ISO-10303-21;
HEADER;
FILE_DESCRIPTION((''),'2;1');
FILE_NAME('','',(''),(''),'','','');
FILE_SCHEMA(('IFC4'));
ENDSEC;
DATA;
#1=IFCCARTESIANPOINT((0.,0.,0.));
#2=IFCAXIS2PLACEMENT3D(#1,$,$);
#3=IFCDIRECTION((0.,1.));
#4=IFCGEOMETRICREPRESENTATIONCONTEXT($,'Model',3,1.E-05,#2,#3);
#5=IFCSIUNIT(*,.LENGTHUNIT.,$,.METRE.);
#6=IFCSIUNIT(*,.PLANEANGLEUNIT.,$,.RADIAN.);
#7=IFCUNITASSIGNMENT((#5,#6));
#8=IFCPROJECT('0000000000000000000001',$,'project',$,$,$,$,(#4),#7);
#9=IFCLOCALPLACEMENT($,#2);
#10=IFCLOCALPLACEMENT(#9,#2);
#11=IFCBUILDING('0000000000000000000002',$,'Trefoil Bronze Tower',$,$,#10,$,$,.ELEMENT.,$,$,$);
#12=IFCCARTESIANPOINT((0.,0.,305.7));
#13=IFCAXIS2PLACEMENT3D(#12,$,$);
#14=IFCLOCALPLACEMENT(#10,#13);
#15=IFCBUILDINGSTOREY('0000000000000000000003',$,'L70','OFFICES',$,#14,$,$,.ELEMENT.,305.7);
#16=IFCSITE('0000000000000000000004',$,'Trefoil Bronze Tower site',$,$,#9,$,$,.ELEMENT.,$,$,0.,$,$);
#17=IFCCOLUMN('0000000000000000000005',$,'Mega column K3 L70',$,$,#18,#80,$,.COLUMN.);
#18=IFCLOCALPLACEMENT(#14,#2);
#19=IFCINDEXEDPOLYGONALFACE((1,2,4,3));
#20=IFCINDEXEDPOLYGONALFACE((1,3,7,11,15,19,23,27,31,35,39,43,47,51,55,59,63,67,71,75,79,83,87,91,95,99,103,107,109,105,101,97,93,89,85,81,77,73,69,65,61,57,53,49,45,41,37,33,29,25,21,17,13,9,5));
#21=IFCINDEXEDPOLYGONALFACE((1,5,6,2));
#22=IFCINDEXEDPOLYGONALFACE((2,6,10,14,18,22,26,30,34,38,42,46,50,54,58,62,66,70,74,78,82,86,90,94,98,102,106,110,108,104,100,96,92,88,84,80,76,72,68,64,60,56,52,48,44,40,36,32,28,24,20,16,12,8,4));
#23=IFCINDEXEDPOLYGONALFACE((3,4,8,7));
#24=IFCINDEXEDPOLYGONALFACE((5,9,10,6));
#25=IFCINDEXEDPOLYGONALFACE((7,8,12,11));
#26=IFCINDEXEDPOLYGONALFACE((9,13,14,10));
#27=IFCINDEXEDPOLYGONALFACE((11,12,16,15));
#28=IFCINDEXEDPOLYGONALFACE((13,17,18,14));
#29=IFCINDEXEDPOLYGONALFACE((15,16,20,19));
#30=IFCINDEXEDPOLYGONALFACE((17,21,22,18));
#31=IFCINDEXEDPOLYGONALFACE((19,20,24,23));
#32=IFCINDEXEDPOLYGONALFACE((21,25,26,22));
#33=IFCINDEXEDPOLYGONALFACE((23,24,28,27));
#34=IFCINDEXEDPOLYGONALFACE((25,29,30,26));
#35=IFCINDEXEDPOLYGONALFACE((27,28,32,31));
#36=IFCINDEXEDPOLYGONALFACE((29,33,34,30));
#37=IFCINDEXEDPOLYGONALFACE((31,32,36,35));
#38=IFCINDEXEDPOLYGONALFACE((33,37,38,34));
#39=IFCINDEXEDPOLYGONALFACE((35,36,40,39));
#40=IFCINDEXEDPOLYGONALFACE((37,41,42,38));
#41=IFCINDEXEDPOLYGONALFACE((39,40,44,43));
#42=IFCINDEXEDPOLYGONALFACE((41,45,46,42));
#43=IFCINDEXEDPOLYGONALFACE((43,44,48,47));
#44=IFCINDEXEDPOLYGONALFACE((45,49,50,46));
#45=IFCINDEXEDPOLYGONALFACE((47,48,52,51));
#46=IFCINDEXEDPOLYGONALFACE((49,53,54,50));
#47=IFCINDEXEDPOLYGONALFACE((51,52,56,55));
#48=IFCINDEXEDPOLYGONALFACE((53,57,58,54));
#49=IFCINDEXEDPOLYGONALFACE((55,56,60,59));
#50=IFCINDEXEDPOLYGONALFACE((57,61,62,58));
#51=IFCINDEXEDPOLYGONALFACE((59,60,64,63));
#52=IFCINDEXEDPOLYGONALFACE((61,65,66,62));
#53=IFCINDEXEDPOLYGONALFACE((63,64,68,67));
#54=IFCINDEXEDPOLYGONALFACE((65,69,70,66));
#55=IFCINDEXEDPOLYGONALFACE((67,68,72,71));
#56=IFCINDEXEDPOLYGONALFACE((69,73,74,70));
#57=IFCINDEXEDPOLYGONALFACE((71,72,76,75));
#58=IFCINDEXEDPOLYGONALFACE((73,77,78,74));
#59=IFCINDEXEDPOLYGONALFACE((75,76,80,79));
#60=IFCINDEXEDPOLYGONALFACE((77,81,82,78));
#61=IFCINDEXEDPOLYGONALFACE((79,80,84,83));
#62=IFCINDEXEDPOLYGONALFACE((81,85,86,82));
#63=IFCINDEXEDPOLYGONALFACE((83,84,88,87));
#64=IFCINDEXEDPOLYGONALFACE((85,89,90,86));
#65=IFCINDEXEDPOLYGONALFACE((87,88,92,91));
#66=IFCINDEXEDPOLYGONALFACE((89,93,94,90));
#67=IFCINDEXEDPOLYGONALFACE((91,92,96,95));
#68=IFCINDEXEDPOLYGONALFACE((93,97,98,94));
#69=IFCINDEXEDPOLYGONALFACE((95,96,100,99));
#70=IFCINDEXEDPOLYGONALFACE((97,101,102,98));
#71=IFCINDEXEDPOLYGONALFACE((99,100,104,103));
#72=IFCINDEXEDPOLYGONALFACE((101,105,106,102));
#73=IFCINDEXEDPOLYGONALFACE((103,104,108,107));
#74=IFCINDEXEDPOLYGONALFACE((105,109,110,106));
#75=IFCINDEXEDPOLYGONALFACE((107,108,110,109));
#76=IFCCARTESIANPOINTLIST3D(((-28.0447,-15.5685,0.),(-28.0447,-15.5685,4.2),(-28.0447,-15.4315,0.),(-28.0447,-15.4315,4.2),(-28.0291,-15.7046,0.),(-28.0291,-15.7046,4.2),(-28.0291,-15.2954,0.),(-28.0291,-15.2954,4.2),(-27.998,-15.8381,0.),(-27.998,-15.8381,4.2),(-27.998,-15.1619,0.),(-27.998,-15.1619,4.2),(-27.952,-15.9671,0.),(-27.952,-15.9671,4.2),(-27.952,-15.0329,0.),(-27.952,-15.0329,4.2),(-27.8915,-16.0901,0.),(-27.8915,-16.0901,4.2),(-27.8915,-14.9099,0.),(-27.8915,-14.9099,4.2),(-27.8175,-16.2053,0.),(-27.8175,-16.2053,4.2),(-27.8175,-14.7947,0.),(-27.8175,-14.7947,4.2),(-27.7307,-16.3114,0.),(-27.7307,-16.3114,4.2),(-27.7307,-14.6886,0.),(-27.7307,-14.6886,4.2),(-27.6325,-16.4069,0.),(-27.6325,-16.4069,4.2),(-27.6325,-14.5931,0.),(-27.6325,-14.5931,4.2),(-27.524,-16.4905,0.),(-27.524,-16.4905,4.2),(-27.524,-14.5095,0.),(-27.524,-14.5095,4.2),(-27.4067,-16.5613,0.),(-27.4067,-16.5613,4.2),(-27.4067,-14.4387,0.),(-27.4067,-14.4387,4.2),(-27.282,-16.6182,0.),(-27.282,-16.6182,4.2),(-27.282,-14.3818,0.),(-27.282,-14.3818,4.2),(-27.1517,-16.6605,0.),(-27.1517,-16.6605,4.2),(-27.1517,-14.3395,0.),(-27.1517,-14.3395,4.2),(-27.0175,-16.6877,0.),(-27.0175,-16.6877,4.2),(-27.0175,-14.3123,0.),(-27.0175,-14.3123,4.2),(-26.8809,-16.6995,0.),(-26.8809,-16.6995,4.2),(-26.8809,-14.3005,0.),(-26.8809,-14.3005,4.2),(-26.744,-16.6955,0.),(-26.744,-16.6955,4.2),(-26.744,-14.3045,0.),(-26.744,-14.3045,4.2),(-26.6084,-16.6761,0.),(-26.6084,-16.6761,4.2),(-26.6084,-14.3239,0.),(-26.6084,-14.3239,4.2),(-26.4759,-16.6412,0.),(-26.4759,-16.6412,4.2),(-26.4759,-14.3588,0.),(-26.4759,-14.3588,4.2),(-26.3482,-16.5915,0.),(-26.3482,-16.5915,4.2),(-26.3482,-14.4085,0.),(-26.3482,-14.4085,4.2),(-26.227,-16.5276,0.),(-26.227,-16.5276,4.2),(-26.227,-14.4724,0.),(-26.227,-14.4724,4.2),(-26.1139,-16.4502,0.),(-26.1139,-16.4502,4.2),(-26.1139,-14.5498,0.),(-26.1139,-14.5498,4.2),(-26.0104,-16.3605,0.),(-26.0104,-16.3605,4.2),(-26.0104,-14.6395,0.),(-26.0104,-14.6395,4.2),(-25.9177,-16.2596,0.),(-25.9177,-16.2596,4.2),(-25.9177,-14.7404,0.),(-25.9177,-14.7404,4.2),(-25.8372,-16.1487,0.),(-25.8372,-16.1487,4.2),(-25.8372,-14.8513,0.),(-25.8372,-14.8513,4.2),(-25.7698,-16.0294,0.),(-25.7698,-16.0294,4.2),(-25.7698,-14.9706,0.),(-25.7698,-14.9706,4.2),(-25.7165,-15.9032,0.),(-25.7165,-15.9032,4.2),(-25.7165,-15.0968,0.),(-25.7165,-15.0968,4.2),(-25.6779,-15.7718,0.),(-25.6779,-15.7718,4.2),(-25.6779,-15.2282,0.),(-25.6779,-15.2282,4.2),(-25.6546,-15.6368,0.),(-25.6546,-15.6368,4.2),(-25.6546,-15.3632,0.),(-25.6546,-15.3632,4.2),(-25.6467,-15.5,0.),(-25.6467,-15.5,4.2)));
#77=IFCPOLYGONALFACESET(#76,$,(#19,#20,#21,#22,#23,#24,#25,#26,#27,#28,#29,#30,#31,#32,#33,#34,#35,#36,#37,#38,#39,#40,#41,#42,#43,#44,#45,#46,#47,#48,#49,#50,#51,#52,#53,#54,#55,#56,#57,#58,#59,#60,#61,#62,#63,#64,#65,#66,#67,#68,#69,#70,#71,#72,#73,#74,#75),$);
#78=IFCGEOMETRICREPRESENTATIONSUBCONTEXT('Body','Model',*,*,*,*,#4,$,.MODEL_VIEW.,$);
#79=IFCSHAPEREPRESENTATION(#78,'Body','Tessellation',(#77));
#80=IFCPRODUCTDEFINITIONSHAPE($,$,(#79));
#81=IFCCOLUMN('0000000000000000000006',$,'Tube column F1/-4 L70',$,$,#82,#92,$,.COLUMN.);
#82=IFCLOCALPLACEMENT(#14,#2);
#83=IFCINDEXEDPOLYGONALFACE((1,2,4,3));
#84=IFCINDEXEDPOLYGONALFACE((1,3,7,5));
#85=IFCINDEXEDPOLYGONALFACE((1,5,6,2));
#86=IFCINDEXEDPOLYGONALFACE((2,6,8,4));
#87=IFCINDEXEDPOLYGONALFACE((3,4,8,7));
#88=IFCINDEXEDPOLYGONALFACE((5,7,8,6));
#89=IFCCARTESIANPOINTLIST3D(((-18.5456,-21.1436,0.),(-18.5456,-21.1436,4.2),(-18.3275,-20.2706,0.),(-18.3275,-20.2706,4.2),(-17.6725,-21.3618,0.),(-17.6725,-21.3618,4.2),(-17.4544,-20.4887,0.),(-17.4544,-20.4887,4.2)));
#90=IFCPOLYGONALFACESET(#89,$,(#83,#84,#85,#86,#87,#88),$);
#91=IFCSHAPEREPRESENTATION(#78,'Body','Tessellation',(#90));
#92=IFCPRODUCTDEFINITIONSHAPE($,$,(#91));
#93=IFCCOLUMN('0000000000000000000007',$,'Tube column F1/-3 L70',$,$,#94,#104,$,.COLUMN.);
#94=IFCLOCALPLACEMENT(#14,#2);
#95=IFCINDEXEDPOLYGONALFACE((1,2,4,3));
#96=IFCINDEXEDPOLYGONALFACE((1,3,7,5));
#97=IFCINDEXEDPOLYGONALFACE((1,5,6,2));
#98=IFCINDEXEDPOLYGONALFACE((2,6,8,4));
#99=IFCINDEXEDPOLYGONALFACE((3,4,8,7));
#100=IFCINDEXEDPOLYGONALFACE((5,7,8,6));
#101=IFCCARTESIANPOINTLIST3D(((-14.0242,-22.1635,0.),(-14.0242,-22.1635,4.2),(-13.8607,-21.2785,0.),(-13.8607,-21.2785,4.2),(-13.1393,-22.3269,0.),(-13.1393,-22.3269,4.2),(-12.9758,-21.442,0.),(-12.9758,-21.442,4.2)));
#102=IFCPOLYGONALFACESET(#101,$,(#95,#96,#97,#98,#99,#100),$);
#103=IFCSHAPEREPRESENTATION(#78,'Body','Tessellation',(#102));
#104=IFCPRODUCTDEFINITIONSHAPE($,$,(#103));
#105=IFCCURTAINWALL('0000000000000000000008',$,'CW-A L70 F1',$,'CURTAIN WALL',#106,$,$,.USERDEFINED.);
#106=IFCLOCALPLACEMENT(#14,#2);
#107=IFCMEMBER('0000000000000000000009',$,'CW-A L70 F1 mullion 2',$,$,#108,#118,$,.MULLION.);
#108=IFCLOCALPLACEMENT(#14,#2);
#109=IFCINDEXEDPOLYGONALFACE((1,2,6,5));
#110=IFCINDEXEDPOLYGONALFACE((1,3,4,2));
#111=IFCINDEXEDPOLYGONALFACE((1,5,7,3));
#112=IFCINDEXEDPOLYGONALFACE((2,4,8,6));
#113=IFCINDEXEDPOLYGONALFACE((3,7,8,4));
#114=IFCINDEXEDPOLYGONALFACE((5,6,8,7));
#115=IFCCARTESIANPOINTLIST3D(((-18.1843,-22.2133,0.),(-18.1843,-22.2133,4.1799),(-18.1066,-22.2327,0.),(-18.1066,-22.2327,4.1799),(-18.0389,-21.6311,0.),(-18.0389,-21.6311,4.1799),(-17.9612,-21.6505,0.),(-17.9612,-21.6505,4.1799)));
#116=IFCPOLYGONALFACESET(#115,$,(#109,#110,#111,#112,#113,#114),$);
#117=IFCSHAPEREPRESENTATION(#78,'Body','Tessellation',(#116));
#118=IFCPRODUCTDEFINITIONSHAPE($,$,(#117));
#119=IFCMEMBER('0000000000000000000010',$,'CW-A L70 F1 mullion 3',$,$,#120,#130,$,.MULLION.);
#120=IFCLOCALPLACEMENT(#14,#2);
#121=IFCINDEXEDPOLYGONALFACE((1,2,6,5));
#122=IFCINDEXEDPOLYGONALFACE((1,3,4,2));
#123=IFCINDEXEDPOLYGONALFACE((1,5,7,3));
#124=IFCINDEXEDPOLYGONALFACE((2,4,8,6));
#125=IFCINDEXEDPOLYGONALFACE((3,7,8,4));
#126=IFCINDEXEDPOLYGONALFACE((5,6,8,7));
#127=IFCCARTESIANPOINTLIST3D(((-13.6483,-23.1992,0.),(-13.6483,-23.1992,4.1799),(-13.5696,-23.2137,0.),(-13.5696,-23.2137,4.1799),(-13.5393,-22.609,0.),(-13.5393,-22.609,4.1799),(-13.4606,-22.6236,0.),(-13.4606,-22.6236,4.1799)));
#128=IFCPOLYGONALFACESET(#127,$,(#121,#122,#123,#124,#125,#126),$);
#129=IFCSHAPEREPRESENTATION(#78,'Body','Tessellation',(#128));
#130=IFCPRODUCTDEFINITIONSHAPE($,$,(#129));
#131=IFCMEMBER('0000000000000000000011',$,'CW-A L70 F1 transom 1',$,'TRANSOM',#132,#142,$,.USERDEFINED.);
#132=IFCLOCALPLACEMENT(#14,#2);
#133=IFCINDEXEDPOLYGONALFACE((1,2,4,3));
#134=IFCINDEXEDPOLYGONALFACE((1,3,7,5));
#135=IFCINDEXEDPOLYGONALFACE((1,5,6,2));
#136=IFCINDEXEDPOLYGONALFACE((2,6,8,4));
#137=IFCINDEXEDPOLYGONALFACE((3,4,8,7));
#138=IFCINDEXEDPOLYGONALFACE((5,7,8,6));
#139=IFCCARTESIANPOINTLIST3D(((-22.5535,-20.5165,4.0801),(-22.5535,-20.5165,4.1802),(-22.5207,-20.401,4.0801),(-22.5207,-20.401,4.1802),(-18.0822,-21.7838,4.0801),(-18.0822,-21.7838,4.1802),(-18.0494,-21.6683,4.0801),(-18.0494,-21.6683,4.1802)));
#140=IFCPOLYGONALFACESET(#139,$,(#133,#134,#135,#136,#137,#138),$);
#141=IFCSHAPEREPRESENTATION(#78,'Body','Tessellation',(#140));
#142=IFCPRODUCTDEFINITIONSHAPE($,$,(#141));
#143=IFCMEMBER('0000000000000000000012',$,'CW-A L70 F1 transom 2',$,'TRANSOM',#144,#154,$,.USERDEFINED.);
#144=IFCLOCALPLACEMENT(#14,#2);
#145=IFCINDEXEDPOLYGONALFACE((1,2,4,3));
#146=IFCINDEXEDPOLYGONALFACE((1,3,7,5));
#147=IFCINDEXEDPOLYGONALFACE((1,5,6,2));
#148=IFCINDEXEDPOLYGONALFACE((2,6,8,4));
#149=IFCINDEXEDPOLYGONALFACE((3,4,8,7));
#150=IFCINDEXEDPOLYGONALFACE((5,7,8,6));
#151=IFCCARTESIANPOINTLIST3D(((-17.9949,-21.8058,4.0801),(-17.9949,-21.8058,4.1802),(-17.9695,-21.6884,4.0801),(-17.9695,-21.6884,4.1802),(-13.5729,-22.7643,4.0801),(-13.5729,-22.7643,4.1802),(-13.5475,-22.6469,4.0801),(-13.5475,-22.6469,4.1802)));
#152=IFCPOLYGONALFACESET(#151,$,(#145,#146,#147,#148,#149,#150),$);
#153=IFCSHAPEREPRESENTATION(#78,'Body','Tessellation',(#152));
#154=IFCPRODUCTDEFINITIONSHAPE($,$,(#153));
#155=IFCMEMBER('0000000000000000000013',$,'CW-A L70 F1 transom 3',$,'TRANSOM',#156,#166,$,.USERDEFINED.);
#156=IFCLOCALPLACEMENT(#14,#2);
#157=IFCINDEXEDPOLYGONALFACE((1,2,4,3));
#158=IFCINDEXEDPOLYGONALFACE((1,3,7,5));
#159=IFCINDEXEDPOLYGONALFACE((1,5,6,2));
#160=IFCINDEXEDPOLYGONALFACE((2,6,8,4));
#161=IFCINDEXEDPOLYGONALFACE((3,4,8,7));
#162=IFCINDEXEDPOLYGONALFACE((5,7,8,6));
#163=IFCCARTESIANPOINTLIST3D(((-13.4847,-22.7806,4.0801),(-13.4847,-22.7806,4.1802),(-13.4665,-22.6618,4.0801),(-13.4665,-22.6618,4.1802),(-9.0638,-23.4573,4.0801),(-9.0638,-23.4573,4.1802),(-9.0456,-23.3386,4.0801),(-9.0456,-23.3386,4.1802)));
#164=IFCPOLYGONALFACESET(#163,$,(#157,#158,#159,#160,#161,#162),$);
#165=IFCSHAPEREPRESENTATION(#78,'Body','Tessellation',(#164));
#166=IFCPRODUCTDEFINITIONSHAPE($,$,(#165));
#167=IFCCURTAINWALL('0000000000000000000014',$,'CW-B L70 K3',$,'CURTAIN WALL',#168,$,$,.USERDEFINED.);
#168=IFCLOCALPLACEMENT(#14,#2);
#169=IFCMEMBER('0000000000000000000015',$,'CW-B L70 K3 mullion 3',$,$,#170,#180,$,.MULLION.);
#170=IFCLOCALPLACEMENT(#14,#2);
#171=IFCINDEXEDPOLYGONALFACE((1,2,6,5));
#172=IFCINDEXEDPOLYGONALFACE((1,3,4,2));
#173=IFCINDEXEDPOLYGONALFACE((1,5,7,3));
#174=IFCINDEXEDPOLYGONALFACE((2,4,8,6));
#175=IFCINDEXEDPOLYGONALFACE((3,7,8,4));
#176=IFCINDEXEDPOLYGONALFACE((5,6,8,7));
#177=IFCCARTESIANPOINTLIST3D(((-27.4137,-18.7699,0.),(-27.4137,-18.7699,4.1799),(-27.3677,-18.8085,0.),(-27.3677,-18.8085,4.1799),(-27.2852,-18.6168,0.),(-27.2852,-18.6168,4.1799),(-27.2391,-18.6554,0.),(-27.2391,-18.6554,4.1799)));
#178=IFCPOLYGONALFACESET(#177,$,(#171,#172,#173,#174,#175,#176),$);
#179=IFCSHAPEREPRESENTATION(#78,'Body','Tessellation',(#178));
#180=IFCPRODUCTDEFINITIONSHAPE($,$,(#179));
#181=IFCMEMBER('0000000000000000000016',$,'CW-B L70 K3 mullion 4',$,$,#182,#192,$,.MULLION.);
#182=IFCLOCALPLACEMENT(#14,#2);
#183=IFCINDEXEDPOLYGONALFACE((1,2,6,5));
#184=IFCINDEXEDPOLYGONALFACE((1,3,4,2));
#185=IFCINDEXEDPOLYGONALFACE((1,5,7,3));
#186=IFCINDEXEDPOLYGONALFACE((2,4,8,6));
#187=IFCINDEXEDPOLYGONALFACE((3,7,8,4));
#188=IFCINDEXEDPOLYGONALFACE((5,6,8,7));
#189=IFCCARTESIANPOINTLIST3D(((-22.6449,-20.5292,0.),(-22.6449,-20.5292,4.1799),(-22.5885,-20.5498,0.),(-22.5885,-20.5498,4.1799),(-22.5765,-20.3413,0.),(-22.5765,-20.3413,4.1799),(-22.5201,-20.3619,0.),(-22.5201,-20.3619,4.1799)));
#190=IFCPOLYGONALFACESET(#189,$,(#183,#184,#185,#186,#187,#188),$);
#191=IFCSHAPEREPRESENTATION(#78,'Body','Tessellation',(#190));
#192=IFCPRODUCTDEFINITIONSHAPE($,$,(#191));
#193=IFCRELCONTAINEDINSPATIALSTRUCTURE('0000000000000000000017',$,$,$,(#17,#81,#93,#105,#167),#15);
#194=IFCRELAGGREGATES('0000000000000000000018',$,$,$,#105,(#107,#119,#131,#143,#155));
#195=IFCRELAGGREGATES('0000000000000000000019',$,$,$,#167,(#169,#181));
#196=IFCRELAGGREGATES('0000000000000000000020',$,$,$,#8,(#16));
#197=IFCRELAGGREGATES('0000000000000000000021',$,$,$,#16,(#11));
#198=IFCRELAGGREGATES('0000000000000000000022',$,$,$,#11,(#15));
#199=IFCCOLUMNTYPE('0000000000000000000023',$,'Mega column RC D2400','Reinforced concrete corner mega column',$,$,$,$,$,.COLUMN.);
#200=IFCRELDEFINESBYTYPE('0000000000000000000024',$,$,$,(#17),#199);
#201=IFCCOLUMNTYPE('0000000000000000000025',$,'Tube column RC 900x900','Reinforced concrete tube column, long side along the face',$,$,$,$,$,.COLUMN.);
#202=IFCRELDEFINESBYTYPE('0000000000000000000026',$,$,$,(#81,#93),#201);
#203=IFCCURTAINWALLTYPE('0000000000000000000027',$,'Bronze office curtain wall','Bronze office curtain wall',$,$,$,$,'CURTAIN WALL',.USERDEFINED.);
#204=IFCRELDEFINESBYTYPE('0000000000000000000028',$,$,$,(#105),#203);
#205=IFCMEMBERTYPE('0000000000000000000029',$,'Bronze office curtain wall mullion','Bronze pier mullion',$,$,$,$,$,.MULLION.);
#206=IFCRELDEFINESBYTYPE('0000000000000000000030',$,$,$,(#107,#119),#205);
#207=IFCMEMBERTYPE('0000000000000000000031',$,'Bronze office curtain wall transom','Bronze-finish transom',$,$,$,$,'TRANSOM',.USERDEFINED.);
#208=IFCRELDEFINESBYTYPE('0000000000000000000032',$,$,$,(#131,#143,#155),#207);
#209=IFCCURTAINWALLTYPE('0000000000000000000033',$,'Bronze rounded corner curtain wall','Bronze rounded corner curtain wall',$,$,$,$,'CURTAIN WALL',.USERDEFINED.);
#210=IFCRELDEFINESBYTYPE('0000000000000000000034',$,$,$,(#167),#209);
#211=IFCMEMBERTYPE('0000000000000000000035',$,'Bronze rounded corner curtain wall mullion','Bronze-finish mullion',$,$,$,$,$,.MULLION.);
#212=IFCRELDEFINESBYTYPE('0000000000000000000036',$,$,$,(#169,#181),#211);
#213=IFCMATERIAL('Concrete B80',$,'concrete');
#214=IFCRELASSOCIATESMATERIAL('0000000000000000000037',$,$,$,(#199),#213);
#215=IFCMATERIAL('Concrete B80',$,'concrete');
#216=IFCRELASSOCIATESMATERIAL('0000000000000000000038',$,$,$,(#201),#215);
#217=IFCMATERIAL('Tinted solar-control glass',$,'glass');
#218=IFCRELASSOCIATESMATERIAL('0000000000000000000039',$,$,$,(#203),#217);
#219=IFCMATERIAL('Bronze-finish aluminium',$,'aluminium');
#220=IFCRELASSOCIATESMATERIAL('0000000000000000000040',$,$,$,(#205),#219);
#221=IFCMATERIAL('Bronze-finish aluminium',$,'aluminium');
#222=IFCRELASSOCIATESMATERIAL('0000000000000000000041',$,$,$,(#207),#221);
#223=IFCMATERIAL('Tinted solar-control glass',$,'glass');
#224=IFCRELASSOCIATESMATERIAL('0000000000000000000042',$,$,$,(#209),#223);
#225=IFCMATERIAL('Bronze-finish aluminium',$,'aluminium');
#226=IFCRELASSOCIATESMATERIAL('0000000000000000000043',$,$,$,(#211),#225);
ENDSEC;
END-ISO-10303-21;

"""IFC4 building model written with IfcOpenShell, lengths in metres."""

from ifc_helpers import new_model, si_unit, direction, frame, origin, origin_2d, place, context, subcontext, project, spatial, rectangle, circle, extrude, material, material_profile, profile_set, type_object, element, aggregate, save


model = new_model("IFC4")

# Units and contexts
model_context = context("Model", 3, precision=1e-05, world=origin(), true_north=direction((0.0, 1.0)))
body_context = subcontext(model_context, "Body", "Model", "MODEL_VIEW")
ifc_project = project(units=[si_unit("LENGTHUNIT", "METRE"), si_unit("PLANEANGLEUNIT", "RADIAN")], contexts=[model_context])

# Site, building, storey
site_placement = place(None, origin())
site = spatial("IfcSite", under=ifc_project, at=site_placement, Name="Trefoil Bronze Tower site", CompositionType="ELEMENT", RefElevation=0.0)
building_placement = place(site_placement, origin())
building = spatial("IfcBuilding", under=site, at=building_placement, Name="Trefoil Bronze Tower", CompositionType="ELEMENT")
storey_placement = place(building_placement, frame((0.0, 0.0, 305.7)))
storey = spatial("IfcBuildingStorey", under=building, at=storey_placement, Name="L70", Description="OFFICES", CompositionType="ELEMENT", Elevation=305.7)

# Columns
ifc_material_1 = material(Name="Concrete B80", Category="concrete")
ifc_material_profile_1 = material_profile(ifc_material_1, circle(Radius=1.2, at=origin_2d()), Name="RC D2400")
ifc_profile_set_1 = profile_set([ifc_material_profile_1], Name="Concrete B80")
column_type_1 = type_object("IfcColumnType", Name="Mega column RC D2400", Description="Reinforced concrete corner mega column", PredefinedType="COLUMN", material=ifc_profile_set_1)
column_placement = place(storey_placement, frame((-26.8467, -15.5, 0.0), z_axis=(0.0, 0.0, 1.0), x_axis=(1.0, 0.0, 0.0)))
element("IfcColumn", 1, at=column_placement, inside=storey, type_object=column_type_1, Name="Mega column K3 L70", PredefinedType="COLUMN", context=body_context, shape_type="SweptSolid", body=[
    extrude(circle(Radius=1.2, at=origin_2d()), origin(), (0.0, 0.0, 1.0), 4.2),
])
ifc_material_2 = material(Name="Concrete B80", Category="concrete")
ifc_material_profile_2 = material_profile(ifc_material_2, rectangle(XDim=0.8999, YDim=0.8999, at=origin_2d()), Name="RC 900x900")
ifc_profile_set_2 = profile_set([ifc_material_profile_2], Name="Concrete B80")
column_type_2 = type_object("IfcColumnType", Name="Tube column RC 900x900", Description="Reinforced concrete tube column, long side along the face", PredefinedType="COLUMN", material=ifc_profile_set_2)
for number, where, z_axis, x_axis, name in (
    (2, (-18.0, -20.8162, 0.0), (0.0, 0.0, 1.0), (0.970178, -0.242394, 0.0), "Tube column F1/-4 L70"),
    (3, (-13.5, -21.8027, 0.0), (0.0, 0.0, 1.0), (0.98336, -0.181667, 0.0), "Tube column F1/-3 L70"),
):
    element("IfcColumn", number, at=place(storey_placement, frame(where, z_axis=z_axis, x_axis=x_axis)), inside=storey, type_object=column_type_2, Name=name, PredefinedType="COLUMN", context=body_context, shape_type="SweptSolid", body=[
        extrude(rectangle(XDim=0.8999, YDim=0.8999, at=origin_2d()), origin(), (0.0, 0.0, 1.0), 4.2),
    ])

# Curtain walls, members
ifc_material_3 = material(Name="Tinted solar-control glass", Category="glass")
curtain_wall_type_1 = type_object("IfcCurtainWallType", Name="Bronze office curtain wall", Description="Bronze office curtain wall", ElementType="CURTAIN WALL", PredefinedType="USERDEFINED", material=ifc_material_3)
curtain_wall_1_placement = place(storey_placement, origin())
curtain_wall_1 = element("IfcCurtainWall", 4, at=curtain_wall_1_placement, inside=storey, type_object=curtain_wall_type_1, Name="CW-A L70 F1", ObjectType="CURTAIN WALL", PredefinedType="USERDEFINED")
ifc_material_4 = material(Name="Bronze-finish aluminium", Category="aluminium")
ifc_material_profile_3 = material_profile(ifc_material_4, rectangle(XDim=0.6001, YDim=0.0801, at=origin_2d()), Name="CW-A mullion")
ifc_profile_set_3 = profile_set([ifc_material_profile_3], Name="Bronze-finish aluminium")
member_type_1 = type_object("IfcMemberType", Name="Bronze office curtain wall mullion", Description="Bronze pier mullion", PredefinedType="MULLION", material=ifc_profile_set_3)
member_1_placement = place(storey_placement, frame((-18.0728, -21.9319, 0.0), z_axis=(0.0, 0.0, 1.0), x_axis=(0.242394, 0.970178, 0.0)))
member_1 = element("IfcMember", 5, at=member_1_placement, type_object=member_type_1, Name="CW-A L70 F1 mullion 2", PredefinedType="MULLION", context=body_context, shape_type="SweptSolid", body=[
    extrude(rectangle(XDim=0.6001, YDim=0.0801, at=origin_2d()), origin(), (0.0, 0.0, 1.0), 4.1799),
])
member_2_placement = place(storey_placement, frame((-13.5544, -22.9114, 0.0), z_axis=(0.0, 0.0, 1.0), x_axis=(0.181667, 0.98336, 0.0)))
member_2 = element("IfcMember", 6, at=member_2_placement, type_object=member_type_1, Name="CW-A L70 F1 mullion 3", PredefinedType="MULLION", context=body_context, shape_type="SweptSolid", body=[
    extrude(rectangle(XDim=0.6001, YDim=0.0801, at=origin_2d()), origin(), (0.0, 0.0, 1.0), 4.1799),
])
ifc_material_5 = material(Name="Bronze-finish aluminium", Category="aluminium")
ifc_material_profile_4 = material_profile(ifc_material_5, rectangle(XDim=0.1201, YDim=0.1001, at=origin_2d()), Name="CW-A transom")
ifc_profile_set_4 = profile_set([ifc_material_profile_4], Name="Bronze-finish aluminium")
member_type_2 = type_object("IfcMemberType", Name="Bronze office curtain wall transom", Description="Bronze-finish transom", ElementType="TRANSOM", PredefinedType="USERDEFINED", material=ifc_profile_set_4)
member_3_placement = place(storey_placement, frame((-22.5371, -20.4587, 4.1301), z_axis=(0.962103, -0.272688, 0.0), x_axis=(0.272688, 0.962103, 0.0)))
member_3 = element("IfcMember", 7, at=member_3_placement, type_object=member_type_2, Name="CW-A L70 F1 transom 1", ObjectType="TRANSOM", PredefinedType="USERDEFINED", context=body_context, shape_type="SweptSolid", body=[
    extrude(rectangle(XDim=0.1201, YDim=0.1001, at=origin_2d()), origin(), (0.0, 0.0, 1.0), 4.6475),
])
member_4_placement = place(storey_placement, frame((-17.9822, -21.7471, 4.1301), z_axis=(0.977304, -0.211843, 0.0), x_axis=(0.211843, 0.977304, 0.0)))
member_4 = element("IfcMember", 8, at=member_4_placement, type_object=member_type_2, Name="CW-A L70 F1 transom 2", ObjectType="TRANSOM", PredefinedType="USERDEFINED", context=body_context, shape_type="SweptSolid", body=[
    extrude(rectangle(XDim=0.1201, YDim=0.1001, at=origin_2d()), origin(), (0.0, 0.0, 1.0), 4.5247),
])
member_5_placement = place(storey_placement, frame((-13.4756, -22.7212, 4.1301), z_axis=(0.988485, -0.151319, 0.0), x_axis=(0.151319, 0.988485, 0.0)))
member_5 = element("IfcMember", 9, at=member_5_placement, type_object=member_type_2, Name="CW-A L70 F1 transom 3", ObjectType="TRANSOM", PredefinedType="USERDEFINED", context=body_context, shape_type="SweptSolid", body=[
    extrude(rectangle(XDim=0.1201, YDim=0.1001, at=origin_2d()), origin(), (0.0, 0.0, 1.0), 4.4724),
])
ifc_material_6 = material(Name="Tinted solar-control glass", Category="glass")
curtain_wall_type_2 = type_object("IfcCurtainWallType", Name="Bronze rounded corner curtain wall", Description="Bronze rounded corner curtain wall", ElementType="CURTAIN WALL", PredefinedType="USERDEFINED", material=ifc_material_6)
curtain_wall_2_placement = place(storey_placement, origin())
curtain_wall_2 = element("IfcCurtainWall", 10, at=curtain_wall_2_placement, inside=storey, type_object=curtain_wall_type_2, Name="CW-B L70 K3", ObjectType="CURTAIN WALL", PredefinedType="USERDEFINED")
ifc_material_7 = material(Name="Bronze-finish aluminium", Category="aluminium")
ifc_material_profile_5 = material_profile(ifc_material_7, rectangle(XDim=0.2, YDim=0.0601, at=origin_2d()), Name="CW-B mullion")
ifc_profile_set_5 = profile_set([ifc_material_profile_5], Name="Bronze-finish aluminium")
member_type_3 = type_object("IfcMemberType", Name="Bronze rounded corner curtain wall mullion", Description="Bronze-finish mullion", PredefinedType="MULLION", material=ifc_profile_set_5)
member_6_placement = place(storey_placement, frame((-27.3264, -18.7126, 0.0), z_axis=(0.0, 0.0, 1.0), x_axis=(0.642788, 0.766044, 0.0)))
member_6 = element("IfcMember", 11, at=member_6_placement, type_object=member_type_3, Name="CW-B L70 K3 mullion 3", PredefinedType="MULLION", context=body_context, shape_type="SweptSolid", body=[
    extrude(rectangle(XDim=0.2, YDim=0.0601, at=origin_2d()), origin(), (0.0, 0.0, 1.0), 4.1799),
])
member_7_placement = place(storey_placement, frame((-22.5825, -20.4456, 0.0), z_axis=(0.0, 0.0, 1.0), x_axis=(0.34202, 0.939693, 0.0)))
member_7 = element("IfcMember", 12, at=member_7_placement, type_object=member_type_3, Name="CW-B L70 K3 mullion 4", PredefinedType="MULLION", context=body_context, shape_type="SweptSolid", body=[
    extrude(rectangle(XDim=0.2, YDim=0.0601, at=origin_2d()), origin(), (0.0, 0.0, 1.0), 4.1799),
])

aggregate(curtain_wall_1, [member_1, member_2, member_3, member_4, member_5])
aggregate(curtain_wall_2, [member_6, member_7])

save(model, "model.ifc")
